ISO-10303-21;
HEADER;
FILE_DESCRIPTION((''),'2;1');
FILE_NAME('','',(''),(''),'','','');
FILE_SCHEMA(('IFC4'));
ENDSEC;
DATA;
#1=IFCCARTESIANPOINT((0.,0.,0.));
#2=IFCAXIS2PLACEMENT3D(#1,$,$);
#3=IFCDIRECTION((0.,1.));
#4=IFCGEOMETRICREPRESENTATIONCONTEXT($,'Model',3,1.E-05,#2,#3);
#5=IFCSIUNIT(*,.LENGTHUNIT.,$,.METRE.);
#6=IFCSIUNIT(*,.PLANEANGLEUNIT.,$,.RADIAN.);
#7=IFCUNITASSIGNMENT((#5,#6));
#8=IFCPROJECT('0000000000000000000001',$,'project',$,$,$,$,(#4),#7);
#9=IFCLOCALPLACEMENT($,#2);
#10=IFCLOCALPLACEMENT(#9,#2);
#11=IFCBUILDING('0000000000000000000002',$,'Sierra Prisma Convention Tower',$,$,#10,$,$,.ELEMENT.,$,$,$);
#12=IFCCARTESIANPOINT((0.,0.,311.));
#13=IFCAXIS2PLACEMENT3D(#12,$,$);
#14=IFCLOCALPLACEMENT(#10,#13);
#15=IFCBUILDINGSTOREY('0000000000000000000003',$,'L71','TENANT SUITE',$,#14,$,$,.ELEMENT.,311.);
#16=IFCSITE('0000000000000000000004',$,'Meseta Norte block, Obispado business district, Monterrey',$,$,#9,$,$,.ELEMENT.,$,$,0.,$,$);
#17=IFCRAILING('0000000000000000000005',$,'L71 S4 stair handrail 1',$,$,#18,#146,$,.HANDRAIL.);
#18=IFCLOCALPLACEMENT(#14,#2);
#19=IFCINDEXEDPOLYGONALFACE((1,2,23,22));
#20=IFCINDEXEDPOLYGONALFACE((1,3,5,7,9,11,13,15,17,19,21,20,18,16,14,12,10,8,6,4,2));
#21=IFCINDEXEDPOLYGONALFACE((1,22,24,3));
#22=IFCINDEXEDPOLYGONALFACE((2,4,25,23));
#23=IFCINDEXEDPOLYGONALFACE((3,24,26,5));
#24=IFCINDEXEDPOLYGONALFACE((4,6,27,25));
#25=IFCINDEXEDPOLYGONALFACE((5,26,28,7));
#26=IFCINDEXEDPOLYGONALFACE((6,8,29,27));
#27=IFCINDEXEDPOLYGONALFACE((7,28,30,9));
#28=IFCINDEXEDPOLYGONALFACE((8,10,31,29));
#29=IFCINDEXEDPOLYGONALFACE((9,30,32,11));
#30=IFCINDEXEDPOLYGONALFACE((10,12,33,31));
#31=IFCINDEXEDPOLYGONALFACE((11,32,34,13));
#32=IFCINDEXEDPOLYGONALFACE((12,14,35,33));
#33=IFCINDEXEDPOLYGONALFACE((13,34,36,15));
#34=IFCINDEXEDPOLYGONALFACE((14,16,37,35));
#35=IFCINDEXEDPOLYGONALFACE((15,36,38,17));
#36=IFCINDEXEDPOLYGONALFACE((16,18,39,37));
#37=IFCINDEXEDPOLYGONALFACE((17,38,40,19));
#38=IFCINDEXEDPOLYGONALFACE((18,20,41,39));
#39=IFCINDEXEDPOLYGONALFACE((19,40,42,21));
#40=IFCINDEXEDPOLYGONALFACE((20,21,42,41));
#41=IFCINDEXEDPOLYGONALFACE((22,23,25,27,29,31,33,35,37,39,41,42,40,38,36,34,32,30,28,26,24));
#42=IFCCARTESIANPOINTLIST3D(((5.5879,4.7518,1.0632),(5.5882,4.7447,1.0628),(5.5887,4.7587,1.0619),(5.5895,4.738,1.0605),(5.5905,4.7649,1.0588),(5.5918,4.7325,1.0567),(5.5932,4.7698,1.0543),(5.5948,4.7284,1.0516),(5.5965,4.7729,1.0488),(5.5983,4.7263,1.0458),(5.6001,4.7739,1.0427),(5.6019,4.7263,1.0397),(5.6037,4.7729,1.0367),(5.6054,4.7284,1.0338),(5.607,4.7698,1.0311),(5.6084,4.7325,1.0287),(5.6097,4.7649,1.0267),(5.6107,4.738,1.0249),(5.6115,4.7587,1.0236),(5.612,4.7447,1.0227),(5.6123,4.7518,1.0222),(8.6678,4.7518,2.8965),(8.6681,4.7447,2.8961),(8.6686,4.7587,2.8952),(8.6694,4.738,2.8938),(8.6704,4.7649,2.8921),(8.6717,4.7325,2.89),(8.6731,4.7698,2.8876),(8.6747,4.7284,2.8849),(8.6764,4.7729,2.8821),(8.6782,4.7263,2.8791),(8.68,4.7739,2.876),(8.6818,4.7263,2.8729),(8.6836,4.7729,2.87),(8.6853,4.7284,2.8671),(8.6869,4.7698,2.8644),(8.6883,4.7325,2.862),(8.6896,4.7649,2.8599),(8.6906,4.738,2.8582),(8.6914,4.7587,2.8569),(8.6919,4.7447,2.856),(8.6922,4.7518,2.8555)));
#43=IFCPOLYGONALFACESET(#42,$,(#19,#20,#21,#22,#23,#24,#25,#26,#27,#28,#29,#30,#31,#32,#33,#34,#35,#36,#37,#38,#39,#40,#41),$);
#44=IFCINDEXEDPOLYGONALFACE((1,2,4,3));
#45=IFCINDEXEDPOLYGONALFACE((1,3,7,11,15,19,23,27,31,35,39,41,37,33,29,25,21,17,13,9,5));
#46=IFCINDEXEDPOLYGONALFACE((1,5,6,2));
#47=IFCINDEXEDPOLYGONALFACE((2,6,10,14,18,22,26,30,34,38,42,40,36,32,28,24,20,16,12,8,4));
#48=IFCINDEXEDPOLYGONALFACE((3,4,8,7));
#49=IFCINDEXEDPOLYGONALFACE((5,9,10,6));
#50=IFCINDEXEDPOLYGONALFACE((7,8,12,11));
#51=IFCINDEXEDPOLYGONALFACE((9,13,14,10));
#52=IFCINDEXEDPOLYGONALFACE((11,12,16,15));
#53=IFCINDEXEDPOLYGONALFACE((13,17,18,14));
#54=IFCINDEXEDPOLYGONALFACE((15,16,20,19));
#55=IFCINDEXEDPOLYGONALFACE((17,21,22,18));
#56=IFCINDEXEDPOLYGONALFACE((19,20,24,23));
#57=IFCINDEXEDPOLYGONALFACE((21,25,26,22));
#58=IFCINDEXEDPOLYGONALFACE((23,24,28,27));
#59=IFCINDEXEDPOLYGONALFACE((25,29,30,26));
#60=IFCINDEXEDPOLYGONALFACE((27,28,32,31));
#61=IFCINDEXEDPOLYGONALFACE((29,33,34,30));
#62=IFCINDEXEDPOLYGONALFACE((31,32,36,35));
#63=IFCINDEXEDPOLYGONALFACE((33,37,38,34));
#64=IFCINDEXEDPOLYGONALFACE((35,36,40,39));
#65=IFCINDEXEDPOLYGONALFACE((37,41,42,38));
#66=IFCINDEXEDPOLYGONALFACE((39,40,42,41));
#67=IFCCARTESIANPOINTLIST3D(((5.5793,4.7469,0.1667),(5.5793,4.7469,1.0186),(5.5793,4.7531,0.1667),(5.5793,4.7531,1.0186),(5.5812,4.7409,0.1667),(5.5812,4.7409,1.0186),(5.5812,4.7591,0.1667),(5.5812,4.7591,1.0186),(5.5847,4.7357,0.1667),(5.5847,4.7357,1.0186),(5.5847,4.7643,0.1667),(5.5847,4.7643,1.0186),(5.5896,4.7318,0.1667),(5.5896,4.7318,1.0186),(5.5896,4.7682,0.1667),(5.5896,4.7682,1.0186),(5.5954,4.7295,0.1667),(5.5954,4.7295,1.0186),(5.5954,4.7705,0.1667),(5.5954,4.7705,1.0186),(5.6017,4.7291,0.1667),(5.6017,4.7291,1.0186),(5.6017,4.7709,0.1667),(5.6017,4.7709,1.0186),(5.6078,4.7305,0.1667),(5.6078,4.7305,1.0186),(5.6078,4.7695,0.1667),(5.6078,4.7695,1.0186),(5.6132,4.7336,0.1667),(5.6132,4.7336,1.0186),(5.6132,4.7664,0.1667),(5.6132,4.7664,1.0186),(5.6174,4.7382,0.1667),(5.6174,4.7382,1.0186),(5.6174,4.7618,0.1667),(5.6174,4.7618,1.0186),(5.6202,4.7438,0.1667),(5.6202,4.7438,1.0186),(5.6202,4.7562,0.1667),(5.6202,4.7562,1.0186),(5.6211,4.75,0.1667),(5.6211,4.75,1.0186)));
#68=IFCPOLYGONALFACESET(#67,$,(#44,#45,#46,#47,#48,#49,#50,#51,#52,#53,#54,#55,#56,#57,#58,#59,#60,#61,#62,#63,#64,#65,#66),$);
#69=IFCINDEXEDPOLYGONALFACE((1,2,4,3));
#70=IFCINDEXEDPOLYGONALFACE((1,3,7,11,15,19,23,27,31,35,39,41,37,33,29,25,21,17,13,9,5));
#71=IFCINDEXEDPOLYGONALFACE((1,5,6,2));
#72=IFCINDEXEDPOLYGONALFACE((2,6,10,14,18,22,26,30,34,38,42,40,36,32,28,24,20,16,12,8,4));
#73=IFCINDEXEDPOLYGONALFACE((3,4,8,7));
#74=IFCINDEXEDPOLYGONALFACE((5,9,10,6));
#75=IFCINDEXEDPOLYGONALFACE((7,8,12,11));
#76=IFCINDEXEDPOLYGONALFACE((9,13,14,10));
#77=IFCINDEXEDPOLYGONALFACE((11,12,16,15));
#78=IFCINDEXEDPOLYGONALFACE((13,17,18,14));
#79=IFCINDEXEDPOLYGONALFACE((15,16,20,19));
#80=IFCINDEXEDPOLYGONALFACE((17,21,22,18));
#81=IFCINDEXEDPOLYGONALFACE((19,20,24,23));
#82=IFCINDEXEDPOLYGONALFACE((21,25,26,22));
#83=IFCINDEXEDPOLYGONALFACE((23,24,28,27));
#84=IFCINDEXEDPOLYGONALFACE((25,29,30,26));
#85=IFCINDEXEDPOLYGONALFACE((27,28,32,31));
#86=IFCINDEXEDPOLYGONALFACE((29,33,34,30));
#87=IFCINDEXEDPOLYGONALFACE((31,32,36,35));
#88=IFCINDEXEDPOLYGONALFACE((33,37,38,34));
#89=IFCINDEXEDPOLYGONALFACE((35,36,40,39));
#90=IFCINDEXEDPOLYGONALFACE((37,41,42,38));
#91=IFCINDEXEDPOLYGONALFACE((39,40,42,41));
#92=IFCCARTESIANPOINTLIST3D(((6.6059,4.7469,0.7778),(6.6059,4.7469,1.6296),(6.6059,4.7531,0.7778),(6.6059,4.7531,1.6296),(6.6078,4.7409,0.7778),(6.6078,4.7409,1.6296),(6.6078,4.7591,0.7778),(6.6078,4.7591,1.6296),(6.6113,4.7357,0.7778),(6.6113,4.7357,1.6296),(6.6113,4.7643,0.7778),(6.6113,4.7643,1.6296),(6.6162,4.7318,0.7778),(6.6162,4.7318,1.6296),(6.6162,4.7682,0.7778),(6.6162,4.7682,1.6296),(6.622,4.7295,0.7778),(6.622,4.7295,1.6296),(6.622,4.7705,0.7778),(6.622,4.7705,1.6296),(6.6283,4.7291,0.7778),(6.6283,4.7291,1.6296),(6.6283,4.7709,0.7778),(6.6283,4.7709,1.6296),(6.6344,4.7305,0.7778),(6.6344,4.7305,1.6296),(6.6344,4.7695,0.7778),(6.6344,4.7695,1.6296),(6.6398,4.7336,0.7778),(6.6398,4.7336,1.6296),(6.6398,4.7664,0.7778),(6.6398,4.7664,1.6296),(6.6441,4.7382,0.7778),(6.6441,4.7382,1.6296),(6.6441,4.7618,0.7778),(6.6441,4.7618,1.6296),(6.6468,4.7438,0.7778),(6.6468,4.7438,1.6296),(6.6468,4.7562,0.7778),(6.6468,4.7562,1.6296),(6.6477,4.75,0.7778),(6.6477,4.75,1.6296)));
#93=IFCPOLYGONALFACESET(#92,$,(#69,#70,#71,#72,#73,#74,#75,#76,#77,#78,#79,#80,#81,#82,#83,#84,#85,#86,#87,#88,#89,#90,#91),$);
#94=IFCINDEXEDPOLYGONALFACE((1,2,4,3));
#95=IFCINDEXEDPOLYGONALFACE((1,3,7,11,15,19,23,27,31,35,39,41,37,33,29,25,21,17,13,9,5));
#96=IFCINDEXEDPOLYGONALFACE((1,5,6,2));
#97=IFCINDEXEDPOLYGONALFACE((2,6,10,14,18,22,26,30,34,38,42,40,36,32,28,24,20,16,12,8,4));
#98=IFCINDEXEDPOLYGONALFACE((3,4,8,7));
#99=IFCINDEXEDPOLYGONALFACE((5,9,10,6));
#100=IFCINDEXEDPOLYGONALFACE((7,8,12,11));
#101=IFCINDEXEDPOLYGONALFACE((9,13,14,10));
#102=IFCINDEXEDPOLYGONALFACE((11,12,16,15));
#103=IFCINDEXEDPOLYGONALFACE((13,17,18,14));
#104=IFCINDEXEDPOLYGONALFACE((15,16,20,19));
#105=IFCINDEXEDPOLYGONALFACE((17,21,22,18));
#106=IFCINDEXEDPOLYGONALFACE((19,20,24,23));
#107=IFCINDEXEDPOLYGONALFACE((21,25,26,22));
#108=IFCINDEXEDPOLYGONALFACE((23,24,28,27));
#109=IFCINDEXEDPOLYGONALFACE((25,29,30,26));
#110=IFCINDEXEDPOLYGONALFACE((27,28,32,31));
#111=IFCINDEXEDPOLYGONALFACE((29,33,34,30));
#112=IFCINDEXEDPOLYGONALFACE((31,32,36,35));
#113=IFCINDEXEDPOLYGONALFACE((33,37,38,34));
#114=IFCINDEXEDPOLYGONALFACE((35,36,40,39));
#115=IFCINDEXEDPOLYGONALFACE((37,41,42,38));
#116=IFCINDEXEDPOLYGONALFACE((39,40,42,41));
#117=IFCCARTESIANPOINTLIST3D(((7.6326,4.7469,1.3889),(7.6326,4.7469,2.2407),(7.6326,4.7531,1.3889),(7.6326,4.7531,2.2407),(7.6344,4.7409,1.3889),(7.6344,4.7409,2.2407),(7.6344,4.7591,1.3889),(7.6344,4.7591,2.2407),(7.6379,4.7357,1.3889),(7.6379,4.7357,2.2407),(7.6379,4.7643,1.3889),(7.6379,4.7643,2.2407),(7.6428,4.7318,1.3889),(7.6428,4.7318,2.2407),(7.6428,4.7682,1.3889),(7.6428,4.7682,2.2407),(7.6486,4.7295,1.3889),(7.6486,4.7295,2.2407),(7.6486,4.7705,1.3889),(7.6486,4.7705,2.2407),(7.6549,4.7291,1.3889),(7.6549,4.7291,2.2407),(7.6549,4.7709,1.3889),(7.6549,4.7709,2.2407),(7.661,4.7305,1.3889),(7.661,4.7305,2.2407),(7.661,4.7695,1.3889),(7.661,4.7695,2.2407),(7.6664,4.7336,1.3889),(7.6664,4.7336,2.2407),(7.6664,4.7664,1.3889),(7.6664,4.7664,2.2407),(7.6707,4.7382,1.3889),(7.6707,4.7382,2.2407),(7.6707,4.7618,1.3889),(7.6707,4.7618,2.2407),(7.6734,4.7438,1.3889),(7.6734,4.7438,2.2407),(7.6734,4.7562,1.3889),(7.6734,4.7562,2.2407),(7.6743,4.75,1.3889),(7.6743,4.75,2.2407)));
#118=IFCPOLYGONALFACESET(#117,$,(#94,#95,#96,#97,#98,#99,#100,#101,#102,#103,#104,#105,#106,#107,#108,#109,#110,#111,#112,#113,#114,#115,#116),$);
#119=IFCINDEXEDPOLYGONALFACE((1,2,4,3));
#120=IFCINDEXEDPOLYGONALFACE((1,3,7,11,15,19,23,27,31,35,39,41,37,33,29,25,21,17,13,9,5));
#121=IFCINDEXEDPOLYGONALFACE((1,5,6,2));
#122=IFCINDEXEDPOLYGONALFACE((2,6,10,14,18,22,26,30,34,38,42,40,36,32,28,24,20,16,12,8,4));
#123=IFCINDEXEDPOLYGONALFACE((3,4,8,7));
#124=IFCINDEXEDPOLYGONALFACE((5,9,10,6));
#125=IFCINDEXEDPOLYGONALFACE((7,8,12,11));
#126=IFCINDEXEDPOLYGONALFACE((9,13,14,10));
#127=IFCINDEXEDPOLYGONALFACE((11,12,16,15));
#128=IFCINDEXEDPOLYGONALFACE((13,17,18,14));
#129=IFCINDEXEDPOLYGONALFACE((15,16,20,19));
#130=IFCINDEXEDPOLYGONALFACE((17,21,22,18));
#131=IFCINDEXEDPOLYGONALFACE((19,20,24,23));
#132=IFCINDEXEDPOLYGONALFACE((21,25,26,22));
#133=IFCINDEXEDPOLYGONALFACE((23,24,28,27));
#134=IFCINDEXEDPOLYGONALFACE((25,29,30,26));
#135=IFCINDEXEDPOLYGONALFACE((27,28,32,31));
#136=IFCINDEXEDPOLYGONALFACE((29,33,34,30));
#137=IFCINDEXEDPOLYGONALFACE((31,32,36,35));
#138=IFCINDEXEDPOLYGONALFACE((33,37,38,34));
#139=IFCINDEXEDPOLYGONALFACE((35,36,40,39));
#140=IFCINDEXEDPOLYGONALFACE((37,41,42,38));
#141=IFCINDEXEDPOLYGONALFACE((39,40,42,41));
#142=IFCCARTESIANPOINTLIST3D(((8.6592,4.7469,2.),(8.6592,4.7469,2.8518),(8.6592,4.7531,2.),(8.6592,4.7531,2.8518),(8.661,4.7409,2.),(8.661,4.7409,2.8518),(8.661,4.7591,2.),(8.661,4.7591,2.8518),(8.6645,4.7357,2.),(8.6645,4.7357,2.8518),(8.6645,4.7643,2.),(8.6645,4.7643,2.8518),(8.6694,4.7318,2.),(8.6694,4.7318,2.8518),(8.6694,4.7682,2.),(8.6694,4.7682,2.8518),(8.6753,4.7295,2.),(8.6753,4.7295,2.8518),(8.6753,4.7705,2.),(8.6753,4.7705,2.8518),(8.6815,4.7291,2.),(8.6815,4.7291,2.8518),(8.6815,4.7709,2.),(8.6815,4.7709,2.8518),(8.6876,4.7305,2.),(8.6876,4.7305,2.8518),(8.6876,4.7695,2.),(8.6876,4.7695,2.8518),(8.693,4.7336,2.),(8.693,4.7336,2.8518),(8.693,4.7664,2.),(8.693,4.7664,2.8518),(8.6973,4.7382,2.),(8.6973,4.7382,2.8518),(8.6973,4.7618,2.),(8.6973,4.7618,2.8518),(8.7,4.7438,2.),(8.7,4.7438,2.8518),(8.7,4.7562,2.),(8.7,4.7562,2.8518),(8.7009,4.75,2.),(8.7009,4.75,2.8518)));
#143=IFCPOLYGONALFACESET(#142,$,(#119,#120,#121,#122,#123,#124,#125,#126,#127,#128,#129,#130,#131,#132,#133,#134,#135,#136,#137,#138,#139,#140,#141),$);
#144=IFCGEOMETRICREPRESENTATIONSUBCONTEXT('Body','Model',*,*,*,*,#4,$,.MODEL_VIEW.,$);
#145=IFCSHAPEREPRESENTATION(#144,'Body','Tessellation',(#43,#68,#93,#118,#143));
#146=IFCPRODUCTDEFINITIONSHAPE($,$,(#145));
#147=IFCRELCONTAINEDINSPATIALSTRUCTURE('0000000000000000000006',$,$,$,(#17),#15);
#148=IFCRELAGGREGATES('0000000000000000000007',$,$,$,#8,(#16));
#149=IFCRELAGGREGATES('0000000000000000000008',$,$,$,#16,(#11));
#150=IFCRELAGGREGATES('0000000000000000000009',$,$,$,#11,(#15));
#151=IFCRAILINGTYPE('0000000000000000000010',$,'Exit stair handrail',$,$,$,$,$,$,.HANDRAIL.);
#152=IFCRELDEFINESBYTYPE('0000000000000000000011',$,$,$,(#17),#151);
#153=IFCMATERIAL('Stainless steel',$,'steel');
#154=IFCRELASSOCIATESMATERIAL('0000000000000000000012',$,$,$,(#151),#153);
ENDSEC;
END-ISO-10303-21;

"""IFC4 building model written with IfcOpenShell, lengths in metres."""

from ifc_helpers import new_model, si_unit, direction, frame, origin, origin_2d, place, context, subcontext, project, spatial, circle, extrude, material, type_object, element, save


model = new_model("IFC4")

# Units and contexts
model_context = context("Model", 3, precision=1e-05, world=origin(), true_north=direction((0.0, 1.0)))
body_context = subcontext(model_context, "Body", "Model", "MODEL_VIEW")
ifc_project = project(units=[si_unit("LENGTHUNIT", "METRE"), si_unit("PLANEANGLEUNIT", "RADIAN")], contexts=[model_context])

# Site, building, storey
site_placement = place(None, origin())
site = spatial("IfcSite", under=ifc_project, at=site_placement, Name="Meseta Norte block, Obispado business district, Monterrey", CompositionType="ELEMENT", RefElevation=0.0)
building_placement = place(site_placement, origin())
building = spatial("IfcBuilding", under=site, at=building_placement, Name="Sierra Prisma Convention Tower", CompositionType="ELEMENT")
storey_placement = place(building_placement, frame((0.0, 0.0, 311.0)))
storey = spatial("IfcBuildingStorey", under=building, at=storey_placement, Name="L71", Description="TENANT SUITE", CompositionType="ELEMENT", Elevation=311.0)

# Railing
ifc_material_1 = material(Name="Stainless steel", Category="steel")
railing_type_1 = type_object("IfcRailingType", Name="Exit stair handrail", PredefinedType="HANDRAIL", material=ifc_material_1)
railing_1_placement = place(storey_placement, frame((5.6001, 4.75, 0.1667)))
element("IfcRailing", 1, at=railing_1_placement, inside=storey, type_object=railing_type_1, Name="L71 S4 stair handrail 1", PredefinedType="HANDRAIL", context=body_context, shape_type="SweptSolid", body=[
    extrude(circle(Radius=0.0239, at=origin_2d()), frame((0.0, 0.0, 0.876), z_axis=(0.859291, 0.0, 0.511487), x_axis=(0.0, 1.0, 0.0)), (0.0, 0.0, 1.0), 3.5842),
    extrude(circle(Radius=0.021, at=origin_2d()), origin(), (0.0, 0.0, 1.0), 0.8518),
    extrude(circle(Radius=0.021, at=origin_2d()), frame((1.0266, 0.0, 0.6111)), (0.0, 0.0, 1.0), 0.8518),
    extrude(circle(Radius=0.021, at=origin_2d()), frame((2.0532, 0.0, 1.2222)), (0.0, 0.0, 1.0), 0.8518),
    extrude(circle(Radius=0.021, at=origin_2d()), frame((3.0798, 0.0, 1.8333)), (0.0, 0.0, 1.0), 0.8518),
])

save(model, "model.ifc")
